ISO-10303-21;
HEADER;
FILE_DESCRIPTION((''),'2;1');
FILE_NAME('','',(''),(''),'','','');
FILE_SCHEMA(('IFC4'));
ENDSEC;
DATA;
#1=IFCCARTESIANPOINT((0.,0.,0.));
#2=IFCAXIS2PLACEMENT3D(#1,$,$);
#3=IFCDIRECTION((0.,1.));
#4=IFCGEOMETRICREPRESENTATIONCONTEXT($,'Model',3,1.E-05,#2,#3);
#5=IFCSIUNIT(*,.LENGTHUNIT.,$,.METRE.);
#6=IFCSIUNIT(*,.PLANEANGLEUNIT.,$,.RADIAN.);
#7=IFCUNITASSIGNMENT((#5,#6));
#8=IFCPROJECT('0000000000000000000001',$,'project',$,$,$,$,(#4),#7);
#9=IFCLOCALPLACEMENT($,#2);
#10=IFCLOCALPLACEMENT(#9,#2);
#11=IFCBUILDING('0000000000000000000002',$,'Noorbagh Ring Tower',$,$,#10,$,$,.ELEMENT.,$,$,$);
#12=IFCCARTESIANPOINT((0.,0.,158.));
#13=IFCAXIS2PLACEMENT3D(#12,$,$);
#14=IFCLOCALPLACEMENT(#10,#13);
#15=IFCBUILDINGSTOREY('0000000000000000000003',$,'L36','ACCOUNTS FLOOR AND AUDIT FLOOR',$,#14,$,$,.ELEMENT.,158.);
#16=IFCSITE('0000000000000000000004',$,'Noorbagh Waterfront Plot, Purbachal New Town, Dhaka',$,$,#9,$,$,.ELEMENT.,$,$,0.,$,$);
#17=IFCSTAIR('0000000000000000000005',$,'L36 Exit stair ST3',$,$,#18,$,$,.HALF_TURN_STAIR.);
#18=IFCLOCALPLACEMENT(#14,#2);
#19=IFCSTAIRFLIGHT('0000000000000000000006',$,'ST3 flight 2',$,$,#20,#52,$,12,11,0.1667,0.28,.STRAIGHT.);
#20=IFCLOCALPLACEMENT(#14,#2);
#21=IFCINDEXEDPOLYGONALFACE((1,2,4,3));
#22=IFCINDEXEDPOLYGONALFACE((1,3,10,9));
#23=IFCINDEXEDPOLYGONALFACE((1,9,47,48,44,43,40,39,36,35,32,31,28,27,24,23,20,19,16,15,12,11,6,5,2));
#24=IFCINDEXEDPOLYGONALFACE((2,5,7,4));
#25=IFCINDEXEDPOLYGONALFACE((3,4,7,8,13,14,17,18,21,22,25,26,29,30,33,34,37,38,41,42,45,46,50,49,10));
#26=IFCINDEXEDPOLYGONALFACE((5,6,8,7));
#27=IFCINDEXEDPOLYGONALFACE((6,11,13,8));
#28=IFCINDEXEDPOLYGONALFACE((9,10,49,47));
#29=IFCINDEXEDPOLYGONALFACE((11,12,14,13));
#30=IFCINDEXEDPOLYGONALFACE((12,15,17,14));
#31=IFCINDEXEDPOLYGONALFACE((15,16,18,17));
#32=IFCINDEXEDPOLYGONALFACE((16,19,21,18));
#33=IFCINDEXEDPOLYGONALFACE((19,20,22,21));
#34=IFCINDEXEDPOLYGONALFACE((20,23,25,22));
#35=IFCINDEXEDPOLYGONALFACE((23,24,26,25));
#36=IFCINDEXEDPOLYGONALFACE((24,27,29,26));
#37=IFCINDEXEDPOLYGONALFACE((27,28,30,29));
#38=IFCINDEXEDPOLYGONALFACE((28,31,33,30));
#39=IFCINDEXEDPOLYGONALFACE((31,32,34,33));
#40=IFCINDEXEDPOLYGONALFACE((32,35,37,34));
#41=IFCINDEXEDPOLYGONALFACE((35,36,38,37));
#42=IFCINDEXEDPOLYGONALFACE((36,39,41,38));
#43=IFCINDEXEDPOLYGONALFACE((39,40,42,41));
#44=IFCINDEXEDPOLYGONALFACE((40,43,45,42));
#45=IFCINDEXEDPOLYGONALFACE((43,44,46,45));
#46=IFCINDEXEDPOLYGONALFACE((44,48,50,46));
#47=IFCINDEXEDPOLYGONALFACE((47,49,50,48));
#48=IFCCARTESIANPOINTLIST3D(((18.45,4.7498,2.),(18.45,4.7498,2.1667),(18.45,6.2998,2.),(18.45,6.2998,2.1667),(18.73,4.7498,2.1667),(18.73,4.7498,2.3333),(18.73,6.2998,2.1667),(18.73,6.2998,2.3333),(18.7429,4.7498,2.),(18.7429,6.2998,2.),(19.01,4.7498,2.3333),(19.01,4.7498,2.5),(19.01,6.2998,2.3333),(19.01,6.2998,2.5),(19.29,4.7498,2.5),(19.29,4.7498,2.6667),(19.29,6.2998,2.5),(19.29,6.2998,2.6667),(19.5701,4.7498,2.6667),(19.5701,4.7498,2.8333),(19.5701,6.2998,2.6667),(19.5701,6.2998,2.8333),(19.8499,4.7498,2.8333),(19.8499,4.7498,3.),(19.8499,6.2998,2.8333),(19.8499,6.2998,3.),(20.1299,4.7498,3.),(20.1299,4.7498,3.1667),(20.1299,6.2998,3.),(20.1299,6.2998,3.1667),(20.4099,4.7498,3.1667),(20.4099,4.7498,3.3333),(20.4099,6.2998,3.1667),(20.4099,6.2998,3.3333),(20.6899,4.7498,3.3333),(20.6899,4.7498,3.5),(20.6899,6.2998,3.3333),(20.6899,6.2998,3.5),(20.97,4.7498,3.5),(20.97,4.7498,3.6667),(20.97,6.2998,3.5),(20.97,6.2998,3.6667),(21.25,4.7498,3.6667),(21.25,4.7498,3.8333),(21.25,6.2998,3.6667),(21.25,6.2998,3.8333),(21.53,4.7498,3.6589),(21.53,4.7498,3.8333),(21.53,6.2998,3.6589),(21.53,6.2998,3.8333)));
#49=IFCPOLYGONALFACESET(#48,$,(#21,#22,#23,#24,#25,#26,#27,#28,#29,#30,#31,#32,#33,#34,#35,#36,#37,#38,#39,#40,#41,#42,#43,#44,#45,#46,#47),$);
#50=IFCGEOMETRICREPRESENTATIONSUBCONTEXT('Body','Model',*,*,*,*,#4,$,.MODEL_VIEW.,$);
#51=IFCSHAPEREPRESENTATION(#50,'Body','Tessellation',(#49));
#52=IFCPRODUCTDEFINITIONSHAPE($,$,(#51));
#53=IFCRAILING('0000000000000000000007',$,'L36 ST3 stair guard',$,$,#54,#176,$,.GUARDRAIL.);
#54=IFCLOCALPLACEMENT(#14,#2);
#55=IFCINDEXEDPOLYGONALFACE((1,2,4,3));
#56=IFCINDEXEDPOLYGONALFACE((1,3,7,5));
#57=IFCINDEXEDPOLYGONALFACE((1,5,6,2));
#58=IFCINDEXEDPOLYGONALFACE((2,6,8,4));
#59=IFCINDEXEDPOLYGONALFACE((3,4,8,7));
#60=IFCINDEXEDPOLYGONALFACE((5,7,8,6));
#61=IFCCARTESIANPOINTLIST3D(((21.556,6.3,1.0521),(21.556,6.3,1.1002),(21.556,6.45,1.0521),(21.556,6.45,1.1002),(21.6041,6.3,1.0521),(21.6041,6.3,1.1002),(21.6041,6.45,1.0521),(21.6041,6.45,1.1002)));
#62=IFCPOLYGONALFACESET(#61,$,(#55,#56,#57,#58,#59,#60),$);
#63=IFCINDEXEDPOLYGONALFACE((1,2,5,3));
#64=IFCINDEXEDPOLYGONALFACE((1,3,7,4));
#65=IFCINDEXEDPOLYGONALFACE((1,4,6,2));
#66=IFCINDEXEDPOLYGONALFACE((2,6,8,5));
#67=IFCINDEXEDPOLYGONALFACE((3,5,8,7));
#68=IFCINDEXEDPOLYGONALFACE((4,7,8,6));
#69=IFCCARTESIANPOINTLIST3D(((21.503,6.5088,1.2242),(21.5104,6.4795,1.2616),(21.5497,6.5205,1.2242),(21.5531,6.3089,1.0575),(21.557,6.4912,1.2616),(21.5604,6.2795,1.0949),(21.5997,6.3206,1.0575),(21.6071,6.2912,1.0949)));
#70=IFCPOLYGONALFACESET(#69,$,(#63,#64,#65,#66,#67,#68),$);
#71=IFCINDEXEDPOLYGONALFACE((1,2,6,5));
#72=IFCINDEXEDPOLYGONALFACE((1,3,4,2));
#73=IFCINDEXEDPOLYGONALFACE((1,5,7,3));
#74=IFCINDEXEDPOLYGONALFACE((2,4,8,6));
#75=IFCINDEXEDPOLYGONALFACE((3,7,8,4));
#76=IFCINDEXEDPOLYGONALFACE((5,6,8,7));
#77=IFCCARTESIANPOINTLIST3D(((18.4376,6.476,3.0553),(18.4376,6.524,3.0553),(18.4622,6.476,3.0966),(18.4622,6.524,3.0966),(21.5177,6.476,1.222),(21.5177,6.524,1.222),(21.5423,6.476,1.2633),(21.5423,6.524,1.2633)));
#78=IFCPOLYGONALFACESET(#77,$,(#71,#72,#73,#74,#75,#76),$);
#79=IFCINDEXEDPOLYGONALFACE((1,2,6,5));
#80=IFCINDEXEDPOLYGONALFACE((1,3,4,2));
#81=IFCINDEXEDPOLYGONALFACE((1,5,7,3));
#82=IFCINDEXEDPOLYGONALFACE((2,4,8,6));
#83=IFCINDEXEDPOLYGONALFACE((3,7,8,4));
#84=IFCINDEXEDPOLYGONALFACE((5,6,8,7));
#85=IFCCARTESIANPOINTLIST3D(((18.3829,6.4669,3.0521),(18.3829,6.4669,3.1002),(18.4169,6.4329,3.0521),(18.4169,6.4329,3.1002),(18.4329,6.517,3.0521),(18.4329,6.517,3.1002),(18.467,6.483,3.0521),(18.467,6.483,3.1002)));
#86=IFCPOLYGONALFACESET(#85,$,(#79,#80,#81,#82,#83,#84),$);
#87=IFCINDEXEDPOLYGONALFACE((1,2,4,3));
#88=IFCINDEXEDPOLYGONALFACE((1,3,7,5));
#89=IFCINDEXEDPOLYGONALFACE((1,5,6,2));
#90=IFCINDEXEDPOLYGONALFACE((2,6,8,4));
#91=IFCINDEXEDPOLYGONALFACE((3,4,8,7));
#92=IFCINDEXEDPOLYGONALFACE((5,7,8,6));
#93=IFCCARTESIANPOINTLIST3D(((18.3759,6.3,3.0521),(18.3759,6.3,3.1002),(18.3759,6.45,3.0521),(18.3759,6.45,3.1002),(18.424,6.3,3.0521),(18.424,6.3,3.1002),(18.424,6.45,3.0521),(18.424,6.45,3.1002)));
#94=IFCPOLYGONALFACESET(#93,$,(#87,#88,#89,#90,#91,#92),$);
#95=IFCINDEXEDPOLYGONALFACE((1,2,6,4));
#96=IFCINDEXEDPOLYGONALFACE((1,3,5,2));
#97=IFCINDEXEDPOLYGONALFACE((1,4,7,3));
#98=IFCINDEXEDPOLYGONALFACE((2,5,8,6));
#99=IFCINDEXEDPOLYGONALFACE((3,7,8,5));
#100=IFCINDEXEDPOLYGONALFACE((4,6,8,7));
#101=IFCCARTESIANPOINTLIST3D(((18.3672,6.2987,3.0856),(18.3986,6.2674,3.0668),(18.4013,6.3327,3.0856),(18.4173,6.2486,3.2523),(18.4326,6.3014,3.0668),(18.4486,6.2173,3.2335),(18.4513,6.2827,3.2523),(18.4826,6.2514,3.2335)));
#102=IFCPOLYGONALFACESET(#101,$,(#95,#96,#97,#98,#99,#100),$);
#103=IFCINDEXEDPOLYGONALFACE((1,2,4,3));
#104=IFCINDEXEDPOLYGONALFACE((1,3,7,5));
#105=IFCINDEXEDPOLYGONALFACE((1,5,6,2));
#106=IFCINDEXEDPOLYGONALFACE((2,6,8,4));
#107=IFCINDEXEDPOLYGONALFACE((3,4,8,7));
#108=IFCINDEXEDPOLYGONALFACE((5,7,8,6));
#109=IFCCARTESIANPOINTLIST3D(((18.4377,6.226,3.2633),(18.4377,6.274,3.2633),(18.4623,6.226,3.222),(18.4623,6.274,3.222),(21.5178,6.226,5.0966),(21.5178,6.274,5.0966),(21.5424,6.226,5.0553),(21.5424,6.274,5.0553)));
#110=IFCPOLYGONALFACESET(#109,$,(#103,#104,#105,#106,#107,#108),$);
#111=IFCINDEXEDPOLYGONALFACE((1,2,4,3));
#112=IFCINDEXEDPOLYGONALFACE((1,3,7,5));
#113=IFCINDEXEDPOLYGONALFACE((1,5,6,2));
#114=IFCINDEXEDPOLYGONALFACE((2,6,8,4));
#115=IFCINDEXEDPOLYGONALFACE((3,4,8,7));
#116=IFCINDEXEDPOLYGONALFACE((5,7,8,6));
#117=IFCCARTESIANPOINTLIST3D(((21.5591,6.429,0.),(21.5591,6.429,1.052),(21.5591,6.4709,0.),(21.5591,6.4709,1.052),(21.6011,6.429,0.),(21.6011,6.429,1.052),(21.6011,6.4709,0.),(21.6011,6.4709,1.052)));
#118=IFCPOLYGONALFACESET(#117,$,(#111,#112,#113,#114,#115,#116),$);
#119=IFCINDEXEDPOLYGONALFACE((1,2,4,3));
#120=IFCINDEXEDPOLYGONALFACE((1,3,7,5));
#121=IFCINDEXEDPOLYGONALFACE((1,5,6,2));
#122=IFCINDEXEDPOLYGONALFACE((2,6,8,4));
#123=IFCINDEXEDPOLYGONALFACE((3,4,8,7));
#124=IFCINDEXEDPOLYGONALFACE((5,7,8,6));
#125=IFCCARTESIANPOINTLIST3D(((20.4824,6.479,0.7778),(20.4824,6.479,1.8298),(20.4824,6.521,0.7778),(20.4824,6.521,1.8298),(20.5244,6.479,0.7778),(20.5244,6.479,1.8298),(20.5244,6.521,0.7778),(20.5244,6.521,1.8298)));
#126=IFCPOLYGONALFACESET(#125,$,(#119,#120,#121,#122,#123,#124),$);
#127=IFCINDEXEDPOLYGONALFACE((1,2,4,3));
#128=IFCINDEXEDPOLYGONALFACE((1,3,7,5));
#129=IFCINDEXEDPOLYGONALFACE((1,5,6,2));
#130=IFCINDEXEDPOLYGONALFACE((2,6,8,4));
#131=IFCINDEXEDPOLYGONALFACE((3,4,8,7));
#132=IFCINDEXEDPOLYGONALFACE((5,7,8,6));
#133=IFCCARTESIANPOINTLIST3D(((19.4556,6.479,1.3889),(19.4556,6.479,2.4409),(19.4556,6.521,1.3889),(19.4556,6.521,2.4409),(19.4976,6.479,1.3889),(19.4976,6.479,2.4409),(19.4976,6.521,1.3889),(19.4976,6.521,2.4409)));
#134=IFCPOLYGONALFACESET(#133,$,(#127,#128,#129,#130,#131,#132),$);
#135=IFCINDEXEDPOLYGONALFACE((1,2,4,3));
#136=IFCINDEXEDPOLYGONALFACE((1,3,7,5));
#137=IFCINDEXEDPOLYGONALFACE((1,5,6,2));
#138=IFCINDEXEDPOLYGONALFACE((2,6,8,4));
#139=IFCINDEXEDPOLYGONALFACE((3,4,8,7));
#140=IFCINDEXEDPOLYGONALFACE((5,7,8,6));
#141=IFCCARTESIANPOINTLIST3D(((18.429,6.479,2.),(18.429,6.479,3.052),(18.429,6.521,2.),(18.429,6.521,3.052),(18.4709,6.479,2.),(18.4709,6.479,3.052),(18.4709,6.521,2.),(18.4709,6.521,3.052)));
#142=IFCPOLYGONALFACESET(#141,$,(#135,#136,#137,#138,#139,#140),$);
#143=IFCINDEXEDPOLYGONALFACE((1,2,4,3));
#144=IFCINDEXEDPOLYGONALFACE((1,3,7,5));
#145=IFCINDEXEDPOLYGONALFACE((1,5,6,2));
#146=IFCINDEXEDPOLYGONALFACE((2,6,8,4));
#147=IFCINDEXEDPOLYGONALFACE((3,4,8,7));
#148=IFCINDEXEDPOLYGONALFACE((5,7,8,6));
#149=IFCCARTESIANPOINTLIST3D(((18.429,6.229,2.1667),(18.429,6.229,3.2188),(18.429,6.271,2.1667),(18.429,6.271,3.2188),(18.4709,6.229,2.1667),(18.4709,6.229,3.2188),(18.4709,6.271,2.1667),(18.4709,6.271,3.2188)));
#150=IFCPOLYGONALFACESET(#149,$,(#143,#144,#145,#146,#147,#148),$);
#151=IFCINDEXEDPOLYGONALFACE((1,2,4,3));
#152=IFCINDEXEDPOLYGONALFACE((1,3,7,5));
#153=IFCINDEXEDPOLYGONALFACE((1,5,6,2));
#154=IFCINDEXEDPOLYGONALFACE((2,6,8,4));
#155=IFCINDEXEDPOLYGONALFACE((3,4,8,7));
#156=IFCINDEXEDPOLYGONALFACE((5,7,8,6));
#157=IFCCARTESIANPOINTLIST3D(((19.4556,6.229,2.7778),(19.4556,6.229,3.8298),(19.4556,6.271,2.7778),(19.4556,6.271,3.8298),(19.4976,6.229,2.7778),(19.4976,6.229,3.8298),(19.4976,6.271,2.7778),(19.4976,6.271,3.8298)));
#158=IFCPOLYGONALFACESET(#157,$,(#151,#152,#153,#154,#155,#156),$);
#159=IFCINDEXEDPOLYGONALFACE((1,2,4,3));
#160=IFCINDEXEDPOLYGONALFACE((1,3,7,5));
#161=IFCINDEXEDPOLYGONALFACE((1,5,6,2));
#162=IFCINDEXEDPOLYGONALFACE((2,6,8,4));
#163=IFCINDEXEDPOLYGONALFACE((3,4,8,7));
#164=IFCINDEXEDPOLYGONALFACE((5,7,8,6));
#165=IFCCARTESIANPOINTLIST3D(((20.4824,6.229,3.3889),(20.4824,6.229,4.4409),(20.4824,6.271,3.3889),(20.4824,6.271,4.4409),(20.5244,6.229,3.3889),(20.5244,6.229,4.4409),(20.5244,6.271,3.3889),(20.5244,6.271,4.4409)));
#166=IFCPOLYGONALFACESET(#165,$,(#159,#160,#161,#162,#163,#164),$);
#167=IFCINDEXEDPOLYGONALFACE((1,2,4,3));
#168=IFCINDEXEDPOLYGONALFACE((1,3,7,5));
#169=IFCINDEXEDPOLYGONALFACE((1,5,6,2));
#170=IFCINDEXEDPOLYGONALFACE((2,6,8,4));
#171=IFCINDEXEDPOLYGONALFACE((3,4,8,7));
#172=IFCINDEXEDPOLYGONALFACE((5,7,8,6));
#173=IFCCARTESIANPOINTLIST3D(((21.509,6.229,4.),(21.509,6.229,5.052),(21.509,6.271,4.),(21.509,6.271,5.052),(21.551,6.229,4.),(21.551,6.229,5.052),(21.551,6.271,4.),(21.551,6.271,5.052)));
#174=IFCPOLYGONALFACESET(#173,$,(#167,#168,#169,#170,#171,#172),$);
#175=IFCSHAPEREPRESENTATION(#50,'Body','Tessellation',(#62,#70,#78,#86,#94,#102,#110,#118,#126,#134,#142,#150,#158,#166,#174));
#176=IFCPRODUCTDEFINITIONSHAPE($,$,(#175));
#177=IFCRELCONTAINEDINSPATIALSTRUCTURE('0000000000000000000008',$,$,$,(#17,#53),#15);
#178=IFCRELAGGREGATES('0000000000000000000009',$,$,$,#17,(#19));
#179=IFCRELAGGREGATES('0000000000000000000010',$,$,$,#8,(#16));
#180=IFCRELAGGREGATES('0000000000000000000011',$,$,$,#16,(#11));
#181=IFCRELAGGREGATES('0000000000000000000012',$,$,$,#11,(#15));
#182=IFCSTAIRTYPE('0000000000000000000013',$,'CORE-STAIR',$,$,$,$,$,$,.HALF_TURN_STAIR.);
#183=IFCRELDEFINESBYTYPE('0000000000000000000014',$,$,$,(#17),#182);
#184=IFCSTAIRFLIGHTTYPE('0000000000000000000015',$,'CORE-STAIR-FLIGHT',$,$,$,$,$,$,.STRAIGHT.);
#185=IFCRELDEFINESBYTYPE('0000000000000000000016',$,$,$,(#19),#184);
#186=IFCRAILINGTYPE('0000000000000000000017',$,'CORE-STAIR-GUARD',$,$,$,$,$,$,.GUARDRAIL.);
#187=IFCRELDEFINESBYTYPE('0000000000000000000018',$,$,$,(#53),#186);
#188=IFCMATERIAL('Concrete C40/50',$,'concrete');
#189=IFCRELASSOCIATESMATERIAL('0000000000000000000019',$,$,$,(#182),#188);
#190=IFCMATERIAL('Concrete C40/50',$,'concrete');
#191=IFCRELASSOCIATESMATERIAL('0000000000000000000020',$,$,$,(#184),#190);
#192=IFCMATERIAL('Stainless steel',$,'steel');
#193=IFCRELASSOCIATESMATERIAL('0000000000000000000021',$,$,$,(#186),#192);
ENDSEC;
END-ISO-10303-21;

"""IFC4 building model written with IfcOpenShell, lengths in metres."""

from ifc_helpers import new_model, si_unit, direction, frame, origin, origin_2d, place, context, subcontext, project, spatial, polyline, rectangle, outline, extrude, material, type_object, element, aggregate, save


model = new_model("IFC4")

# Units and contexts
model_context = context("Model", 3, precision=1e-05, world=origin(), true_north=direction((0.0, 1.0)))
body_context = subcontext(model_context, "Body", "Model", "MODEL_VIEW")
ifc_project = project(units=[si_unit("LENGTHUNIT", "METRE"), si_unit("PLANEANGLEUNIT", "RADIAN")], contexts=[model_context])

# Site, building, storey
site_placement = place(None, origin())
site = spatial("IfcSite", under=ifc_project, at=site_placement, Name="Noorbagh Waterfront Plot, Purbachal New Town, Dhaka", CompositionType="ELEMENT", RefElevation=0.0)
building_placement = place(site_placement, origin())
building = spatial("IfcBuilding", under=site, at=building_placement, Name="Noorbagh Ring Tower", CompositionType="ELEMENT")
storey_placement = place(building_placement, frame((0.0, 0.0, 158.0)))
storey = spatial("IfcBuildingStorey", under=building, at=storey_placement, Name="L36", Description="ACCOUNTS FLOOR AND AUDIT FLOOR", CompositionType="ELEMENT", Elevation=158.0)

# Stair, stair flight
ifc_material_1 = material(Name="Concrete C40/50", Category="concrete")
stair_type = type_object("IfcStairType", Name="CORE-STAIR", PredefinedType="HALF_TURN_STAIR", material=ifc_material_1)
stair_placement = place(storey_placement, origin())
stair = element("IfcStair", 1, at=stair_placement, inside=storey, type_object=stair_type, Name="L36 Exit stair ST3", PredefinedType="HALF_TURN_STAIR")
ifc_material_2 = material(Name="Concrete C40/50", Category="concrete")
stair_flight_type = type_object("IfcStairFlightType", Name="CORE-STAIR-FLIGHT", PredefinedType="STRAIGHT", material=ifc_material_2)
stair_flight_1_placement = place(storey_placement, frame((18.45, 5.5249, 2.0), z_axis=(0.0, 0.0, 1.0), x_axis=(1.0, 0.0, 0.0)))
stair_flight_1 = element("IfcStairFlight", 2, at=stair_flight_1_placement, type_object=stair_flight_type, Name="ST3 flight 2", NumberOfRisers=12, NumberOfTreads=11, PredefinedType="STRAIGHT", RiserHeight=0.1667, TreadLength=0.28, context=body_context, shape_type="SweptSolid", body=[
    extrude(outline(polyline([(0.0, 0.0), (0.0, 0.1667), (0.28, 0.1667), (0.28, 0.3333), (0.5601, 0.3333), (0.5601, 0.5), (0.8401, 0.5), (0.8401, 0.6667), (1.1201, 0.6667), (1.1201, 0.8333), (1.3999, 0.8333), (1.3999, 1.0), (1.6799, 1.0), (1.6799, 1.1667), (1.96, 1.1667), (1.96, 1.3333), (2.24, 1.3333), (2.24, 1.5), (2.52, 1.5), (2.52, 1.6667), (2.8, 1.6667), (2.8, 1.8333), (3.0801, 1.8333), (3.0801, 2.0), (3.0801, 1.6589), (0.293, 0.0), (0.0, 0.0)])), frame((0.0, 0.7749, 0.0), z_axis=(0.0, -1.0, 0.0), x_axis=(1.0, 0.0, 0.0)), (0.0, 0.0, 1.0), 1.55),
])
aggregate(stair, [stair_flight_1])

# Railing
ifc_material_3 = material(Name="Stainless steel", Category="steel")
railing_type = type_object("IfcRailingType", Name="CORE-STAIR-GUARD", PredefinedType="GUARDRAIL", material=ifc_material_3)
railing_placement = place(storey_placement, frame((21.5801, 6.45, 0.0)))
element("IfcRailing", 3, at=railing_placement, inside=storey, type_object=railing_type, Name="L36 ST3 stair guard", PredefinedType="GUARDRAIL", context=body_context, shape_type="SweptSolid", body=[
    extrude(rectangle(XDim=0.0481, YDim=0.0481, at=origin_2d()), frame((0.0, 0.0, 1.0762), z_axis=(0.0, -1.0, 0.0), x_axis=(1.0, 0.0, 0.0)), (0.0, 0.0, 1.0), 0.1499),
    extrude(rectangle(XDim=0.0481, YDim=0.0481, at=origin_2d()), frame((0.0, -0.1499, 1.0762), z_axis=(-0.188776, 0.754182, 0.628946), x_axis=(-0.970073, -0.242814, 0.0)), (0.0, 0.0, 1.0), 0.2651),
    extrude(rectangle(XDim=0.0481, YDim=0.0481, at=origin_2d()), frame((-0.05, 0.05, 1.2427), z_axis=(-0.859309, 0.0, 0.511458), x_axis=(0.0, -1.0, 0.0)), (0.0, 0.0, 1.0), 3.5845),
    extrude(rectangle(XDim=0.0481, YDim=0.0481, at=origin_2d()), frame((-3.1301, 0.05, 3.0762), z_axis=(-0.707107, -0.707107, 0.0), x_axis=(0.707107, -0.707107, 0.0)), (0.0, 0.0, 1.0), 0.0708),
    extrude(rectangle(XDim=0.0481, YDim=0.0481, at=origin_2d()), frame((-3.1802, 0.0, 3.0762), z_axis=(0.0, -1.0, 0.0), x_axis=(1.0, 0.0, 0.0)), (0.0, 0.0, 1.0), 0.1499),
    extrude(rectangle(XDim=0.0481, YDim=0.0481, at=origin_2d()), frame((-3.1802, -0.1499, 3.0762), z_axis=(0.276287, -0.276287, 0.920506), x_axis=(0.707107, 0.707107, 0.0)), (0.0, 0.0, 1.0), 0.1812),
    extrude(rectangle(XDim=0.0481, YDim=0.0481, at=origin_2d()), frame((-3.1301, -0.2, 3.2427), z_axis=(0.859309, 0.0, 0.511458), x_axis=(0.0, 1.0, 0.0)), (0.0, 0.0, 1.0), 3.5845),
    extrude(rectangle(XDim=0.042, YDim=0.042, at=origin_2d()), origin(), (0.0, 0.0, 1.0), 1.052),
    extrude(rectangle(XDim=0.042, YDim=0.042, at=origin_2d()), frame((-1.0767, 0.05, 0.7778)), (0.0, 0.0, 1.0), 1.052),
    extrude(rectangle(XDim=0.042, YDim=0.042, at=origin_2d()), frame((-2.1035, 0.05, 1.3889)), (0.0, 0.0, 1.0), 1.052),
    extrude(rectangle(XDim=0.042, YDim=0.042, at=origin_2d()), frame((-3.1301, 0.05, 2.0)), (0.0, 0.0, 1.0), 1.052),
    extrude(rectangle(XDim=0.042, YDim=0.042, at=origin_2d()), frame((-3.1301, -0.2, 2.1667)), (0.0, 0.0, 1.0), 1.052),
    extrude(rectangle(XDim=0.042, YDim=0.042, at=origin_2d()), frame((-2.1035, -0.2, 2.7778)), (0.0, 0.0, 1.0), 1.052),
    extrude(rectangle(XDim=0.042, YDim=0.042, at=origin_2d()), frame((-1.0767, -0.2, 3.3889)), (0.0, 0.0, 1.0), 1.052),
    extrude(rectangle(XDim=0.042, YDim=0.042, at=origin_2d()), frame((-0.05, -0.2, 4.0)), (0.0, 0.0, 1.0), 1.052),
])

save(model, "model.ifc")
